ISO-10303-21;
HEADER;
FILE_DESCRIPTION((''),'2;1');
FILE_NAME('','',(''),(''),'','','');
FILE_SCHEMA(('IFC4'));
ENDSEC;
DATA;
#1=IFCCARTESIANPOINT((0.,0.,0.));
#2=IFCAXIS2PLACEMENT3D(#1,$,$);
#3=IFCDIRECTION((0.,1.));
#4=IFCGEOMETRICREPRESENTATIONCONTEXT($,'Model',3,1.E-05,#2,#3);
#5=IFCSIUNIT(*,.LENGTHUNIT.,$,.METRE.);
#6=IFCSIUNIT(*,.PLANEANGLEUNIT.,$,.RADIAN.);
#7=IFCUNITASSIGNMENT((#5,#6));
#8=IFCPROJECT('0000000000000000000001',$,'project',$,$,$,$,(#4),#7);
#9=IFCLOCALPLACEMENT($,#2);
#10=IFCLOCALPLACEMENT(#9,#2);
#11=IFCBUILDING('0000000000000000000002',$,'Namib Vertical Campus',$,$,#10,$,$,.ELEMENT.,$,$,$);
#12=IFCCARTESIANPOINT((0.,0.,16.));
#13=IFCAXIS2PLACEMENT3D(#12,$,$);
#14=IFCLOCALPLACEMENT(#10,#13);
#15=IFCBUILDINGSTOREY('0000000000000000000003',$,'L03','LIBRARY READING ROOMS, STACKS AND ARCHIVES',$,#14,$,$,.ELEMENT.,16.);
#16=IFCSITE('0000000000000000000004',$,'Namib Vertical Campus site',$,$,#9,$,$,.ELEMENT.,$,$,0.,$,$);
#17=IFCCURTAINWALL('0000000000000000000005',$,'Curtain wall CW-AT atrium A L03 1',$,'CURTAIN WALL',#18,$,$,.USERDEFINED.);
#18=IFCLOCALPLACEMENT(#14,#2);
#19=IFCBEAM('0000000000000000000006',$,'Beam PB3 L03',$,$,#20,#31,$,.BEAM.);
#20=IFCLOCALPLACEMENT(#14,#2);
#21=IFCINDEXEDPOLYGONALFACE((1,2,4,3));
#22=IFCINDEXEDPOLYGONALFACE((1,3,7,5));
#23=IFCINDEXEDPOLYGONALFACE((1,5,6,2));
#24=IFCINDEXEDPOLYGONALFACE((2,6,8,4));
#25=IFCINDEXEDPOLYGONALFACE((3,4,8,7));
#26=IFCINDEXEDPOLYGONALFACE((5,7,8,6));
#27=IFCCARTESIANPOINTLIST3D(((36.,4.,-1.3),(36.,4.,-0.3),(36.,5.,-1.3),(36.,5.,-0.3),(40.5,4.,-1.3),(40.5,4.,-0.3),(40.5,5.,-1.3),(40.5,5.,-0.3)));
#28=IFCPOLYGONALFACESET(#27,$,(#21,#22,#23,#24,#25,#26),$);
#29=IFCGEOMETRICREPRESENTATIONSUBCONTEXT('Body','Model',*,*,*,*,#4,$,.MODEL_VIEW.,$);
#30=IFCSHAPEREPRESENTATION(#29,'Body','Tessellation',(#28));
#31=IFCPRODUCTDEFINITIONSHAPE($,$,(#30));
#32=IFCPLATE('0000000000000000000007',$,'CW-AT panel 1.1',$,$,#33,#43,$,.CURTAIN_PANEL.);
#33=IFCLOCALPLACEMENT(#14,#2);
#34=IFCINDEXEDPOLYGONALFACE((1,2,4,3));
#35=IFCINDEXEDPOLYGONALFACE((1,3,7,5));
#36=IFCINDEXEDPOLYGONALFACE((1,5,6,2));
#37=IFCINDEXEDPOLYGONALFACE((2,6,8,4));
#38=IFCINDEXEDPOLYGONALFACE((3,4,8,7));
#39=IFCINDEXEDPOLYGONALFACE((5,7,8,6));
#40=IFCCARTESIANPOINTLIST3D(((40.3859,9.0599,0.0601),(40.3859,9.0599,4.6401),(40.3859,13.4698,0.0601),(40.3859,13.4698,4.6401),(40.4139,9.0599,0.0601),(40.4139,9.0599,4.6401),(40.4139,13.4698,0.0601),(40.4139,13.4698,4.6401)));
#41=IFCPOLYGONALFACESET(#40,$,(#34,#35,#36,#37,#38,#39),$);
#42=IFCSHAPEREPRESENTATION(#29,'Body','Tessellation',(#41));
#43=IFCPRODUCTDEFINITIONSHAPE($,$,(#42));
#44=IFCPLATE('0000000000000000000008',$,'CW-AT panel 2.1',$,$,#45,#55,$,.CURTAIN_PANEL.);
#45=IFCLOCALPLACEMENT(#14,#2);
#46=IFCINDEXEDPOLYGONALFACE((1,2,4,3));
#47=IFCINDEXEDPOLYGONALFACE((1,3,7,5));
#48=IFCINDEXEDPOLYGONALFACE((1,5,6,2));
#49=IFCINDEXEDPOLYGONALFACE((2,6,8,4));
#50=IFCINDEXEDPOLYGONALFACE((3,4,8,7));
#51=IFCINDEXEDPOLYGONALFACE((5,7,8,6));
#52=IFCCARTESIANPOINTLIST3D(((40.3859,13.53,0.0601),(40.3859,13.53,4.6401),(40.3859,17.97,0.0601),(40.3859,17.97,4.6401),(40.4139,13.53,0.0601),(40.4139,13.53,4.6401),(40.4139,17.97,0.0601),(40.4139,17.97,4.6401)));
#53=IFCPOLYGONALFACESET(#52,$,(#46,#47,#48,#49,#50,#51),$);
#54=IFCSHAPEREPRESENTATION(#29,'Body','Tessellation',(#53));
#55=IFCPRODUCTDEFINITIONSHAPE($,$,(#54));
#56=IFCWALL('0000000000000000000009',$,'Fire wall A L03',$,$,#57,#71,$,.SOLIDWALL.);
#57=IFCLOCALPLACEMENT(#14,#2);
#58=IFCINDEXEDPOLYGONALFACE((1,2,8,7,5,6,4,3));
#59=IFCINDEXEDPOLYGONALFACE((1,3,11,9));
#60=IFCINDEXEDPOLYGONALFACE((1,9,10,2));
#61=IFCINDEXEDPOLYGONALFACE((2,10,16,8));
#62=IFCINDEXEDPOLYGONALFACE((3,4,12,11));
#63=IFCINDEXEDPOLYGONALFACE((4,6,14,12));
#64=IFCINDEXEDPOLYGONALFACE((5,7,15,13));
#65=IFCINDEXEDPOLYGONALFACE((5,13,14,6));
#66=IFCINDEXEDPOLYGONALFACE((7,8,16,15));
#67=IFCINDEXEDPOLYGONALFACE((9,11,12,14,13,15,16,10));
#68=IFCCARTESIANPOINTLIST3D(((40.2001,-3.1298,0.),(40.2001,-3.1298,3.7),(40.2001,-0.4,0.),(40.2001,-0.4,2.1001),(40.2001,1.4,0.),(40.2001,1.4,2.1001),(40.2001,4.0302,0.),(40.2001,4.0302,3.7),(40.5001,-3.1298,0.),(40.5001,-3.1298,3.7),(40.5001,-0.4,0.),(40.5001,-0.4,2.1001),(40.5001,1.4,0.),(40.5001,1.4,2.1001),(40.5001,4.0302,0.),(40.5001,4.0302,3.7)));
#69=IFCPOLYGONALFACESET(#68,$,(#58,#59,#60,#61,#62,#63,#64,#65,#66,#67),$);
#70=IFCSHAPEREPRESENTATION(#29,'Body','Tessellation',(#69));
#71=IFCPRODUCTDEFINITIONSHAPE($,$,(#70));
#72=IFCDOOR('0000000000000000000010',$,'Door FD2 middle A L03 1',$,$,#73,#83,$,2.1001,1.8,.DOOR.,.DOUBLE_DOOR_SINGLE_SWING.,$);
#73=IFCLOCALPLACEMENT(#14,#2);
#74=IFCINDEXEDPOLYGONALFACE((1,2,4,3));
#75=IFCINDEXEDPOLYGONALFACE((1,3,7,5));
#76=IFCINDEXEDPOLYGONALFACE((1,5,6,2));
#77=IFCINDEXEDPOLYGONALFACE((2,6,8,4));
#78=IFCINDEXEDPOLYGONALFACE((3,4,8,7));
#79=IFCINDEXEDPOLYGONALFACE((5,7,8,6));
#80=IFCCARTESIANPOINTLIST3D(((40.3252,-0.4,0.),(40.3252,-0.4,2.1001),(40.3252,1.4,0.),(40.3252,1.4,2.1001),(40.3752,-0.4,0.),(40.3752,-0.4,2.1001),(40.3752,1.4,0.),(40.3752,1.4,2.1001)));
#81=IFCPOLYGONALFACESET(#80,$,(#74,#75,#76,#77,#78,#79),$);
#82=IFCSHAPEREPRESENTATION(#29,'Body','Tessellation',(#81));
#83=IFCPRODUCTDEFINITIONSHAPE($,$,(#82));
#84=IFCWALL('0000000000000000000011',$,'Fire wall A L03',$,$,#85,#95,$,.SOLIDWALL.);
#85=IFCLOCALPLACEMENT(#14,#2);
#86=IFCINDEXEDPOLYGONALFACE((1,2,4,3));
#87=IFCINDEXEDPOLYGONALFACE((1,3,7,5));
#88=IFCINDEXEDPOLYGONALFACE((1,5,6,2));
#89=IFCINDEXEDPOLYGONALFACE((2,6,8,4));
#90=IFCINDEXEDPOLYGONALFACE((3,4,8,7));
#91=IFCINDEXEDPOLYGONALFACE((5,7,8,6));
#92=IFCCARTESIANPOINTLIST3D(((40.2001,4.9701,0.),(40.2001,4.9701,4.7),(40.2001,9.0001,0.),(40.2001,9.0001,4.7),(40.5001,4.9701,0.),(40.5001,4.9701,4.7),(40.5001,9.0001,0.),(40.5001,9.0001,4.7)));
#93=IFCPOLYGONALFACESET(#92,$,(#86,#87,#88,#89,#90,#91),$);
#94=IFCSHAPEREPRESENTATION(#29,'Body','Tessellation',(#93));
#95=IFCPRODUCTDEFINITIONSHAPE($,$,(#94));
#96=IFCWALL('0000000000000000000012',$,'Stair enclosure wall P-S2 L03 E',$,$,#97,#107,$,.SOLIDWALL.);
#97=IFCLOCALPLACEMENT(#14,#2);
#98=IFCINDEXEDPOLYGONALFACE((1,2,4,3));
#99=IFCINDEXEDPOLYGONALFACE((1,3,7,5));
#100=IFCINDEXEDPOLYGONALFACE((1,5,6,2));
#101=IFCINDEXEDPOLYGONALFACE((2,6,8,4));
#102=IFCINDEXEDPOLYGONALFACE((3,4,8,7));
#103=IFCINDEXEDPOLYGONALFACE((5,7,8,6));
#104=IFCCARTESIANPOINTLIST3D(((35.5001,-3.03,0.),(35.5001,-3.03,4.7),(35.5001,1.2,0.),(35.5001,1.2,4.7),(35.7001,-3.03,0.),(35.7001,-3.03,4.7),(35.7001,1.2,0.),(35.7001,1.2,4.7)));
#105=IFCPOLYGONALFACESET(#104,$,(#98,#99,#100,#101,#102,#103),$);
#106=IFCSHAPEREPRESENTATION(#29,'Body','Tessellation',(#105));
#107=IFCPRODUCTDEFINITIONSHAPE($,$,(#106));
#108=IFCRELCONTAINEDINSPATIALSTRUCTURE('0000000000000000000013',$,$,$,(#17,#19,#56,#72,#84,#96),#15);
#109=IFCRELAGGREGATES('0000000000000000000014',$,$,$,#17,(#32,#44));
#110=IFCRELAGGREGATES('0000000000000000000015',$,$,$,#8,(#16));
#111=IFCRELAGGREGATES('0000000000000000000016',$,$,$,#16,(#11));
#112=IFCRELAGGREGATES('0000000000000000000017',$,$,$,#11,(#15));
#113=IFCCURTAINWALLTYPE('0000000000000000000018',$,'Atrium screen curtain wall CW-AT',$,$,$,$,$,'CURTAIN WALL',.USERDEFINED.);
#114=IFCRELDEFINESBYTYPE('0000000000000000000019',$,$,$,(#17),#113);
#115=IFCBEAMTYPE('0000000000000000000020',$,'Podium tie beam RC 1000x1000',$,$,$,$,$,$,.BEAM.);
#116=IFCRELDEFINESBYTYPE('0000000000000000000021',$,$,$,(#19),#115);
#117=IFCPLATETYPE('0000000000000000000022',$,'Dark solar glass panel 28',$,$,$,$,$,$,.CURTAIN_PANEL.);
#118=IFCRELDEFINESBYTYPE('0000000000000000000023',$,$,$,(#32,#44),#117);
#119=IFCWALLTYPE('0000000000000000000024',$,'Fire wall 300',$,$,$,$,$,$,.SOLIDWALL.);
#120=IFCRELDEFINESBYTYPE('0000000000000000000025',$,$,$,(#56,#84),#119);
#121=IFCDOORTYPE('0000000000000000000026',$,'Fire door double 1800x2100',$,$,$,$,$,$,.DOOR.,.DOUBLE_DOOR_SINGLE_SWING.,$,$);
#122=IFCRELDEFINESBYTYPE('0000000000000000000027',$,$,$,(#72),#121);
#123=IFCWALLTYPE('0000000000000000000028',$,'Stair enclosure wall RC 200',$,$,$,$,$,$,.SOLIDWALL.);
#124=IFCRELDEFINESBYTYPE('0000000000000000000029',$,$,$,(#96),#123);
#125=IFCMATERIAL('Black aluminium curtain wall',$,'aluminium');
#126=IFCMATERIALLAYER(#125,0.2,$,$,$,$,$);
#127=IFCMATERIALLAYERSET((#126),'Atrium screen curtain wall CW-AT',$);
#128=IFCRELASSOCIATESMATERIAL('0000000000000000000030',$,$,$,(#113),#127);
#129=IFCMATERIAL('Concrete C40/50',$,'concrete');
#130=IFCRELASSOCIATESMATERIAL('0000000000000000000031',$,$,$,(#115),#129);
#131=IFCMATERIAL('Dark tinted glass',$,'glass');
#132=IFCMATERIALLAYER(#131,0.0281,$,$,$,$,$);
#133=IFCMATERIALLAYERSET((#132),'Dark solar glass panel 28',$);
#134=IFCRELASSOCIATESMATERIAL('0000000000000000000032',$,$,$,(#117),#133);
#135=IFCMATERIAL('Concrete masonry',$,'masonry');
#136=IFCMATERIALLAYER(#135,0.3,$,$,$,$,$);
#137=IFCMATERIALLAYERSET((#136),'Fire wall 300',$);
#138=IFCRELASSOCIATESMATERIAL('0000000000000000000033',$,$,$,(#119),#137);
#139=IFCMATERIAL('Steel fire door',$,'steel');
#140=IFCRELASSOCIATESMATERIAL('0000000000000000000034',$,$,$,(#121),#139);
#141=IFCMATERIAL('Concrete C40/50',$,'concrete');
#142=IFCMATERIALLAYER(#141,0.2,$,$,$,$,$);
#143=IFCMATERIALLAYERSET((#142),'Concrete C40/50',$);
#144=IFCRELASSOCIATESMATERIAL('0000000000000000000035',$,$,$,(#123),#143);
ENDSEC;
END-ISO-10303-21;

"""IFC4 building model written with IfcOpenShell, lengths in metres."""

from ifc_helpers import new_model, si_unit, direction, frame, frame_2d, origin, origin_2d, place, context, subcontext, project, spatial, rectangle, extrude, material, layer, layer_set, material_profile, profile_set, type_object, element, fill, aggregate, save


model = new_model("IFC4")

# Units and contexts
model_context = context("Model", 3, precision=1e-05, world=origin(), true_north=direction((0.0, 1.0)))
body_context = subcontext(model_context, "Body", "Model", "MODEL_VIEW")
ifc_project = project(units=[si_unit("LENGTHUNIT", "METRE"), si_unit("PLANEANGLEUNIT", "RADIAN")], contexts=[model_context])

# Site, building, storey
site_placement = place(None, origin())
site = spatial("IfcSite", under=ifc_project, at=site_placement, Name="Namib Vertical Campus site", CompositionType="ELEMENT", RefElevation=0.0)
building_placement = place(site_placement, origin())
building = spatial("IfcBuilding", under=site, at=building_placement, Name="Namib Vertical Campus", CompositionType="ELEMENT")
storey_placement = place(building_placement, frame((0.0, 0.0, 16.0)))
storey = spatial("IfcBuildingStorey", under=building, at=storey_placement, Name="L03", Description="LIBRARY READING ROOMS, STACKS AND ARCHIVES", CompositionType="ELEMENT", Elevation=16.0)

# Curtain wall
ifc_material_1 = material(Name="Black aluminium curtain wall", Category="aluminium")
ifc_layer_1 = layer(ifc_material_1, 0.2)
ifc_layer_set_1 = layer_set([ifc_layer_1], Name="Atrium screen curtain wall CW-AT")
curtain_wall_type = type_object("IfcCurtainWallType", Name="Atrium screen curtain wall CW-AT", ElementType="CURTAIN WALL", PredefinedType="USERDEFINED", material=ifc_layer_set_1)
curtain_wall_placement = place(storey_placement, origin())
curtain_wall = element("IfcCurtainWall", 1, at=curtain_wall_placement, inside=storey, type_object=curtain_wall_type, Name="Curtain wall CW-AT atrium A L03 1", ObjectType="CURTAIN WALL", PredefinedType="USERDEFINED")

# Beam
ifc_material_2 = material(Name="Concrete C40/50", Category="concrete")
ifc_material_profile_1 = material_profile(ifc_material_2, rectangle(XDim=1.0, YDim=1.0, at=origin_2d()))
ifc_profile_set_1 = profile_set([ifc_material_profile_1], Name="Concrete C40/50")
beam_type_1 = type_object("IfcBeamType", Name="Podium tie beam RC 1000x1000", PredefinedType="BEAM", material=ifc_profile_set_1)
beam_1_placement = place(storey_placement, frame((36.0, 4.5, -0.8), z_axis=(1.0, 0.0, 0.0), x_axis=(0.0, 1.0, 0.0)))
element("IfcBeam", 2, at=beam_1_placement, inside=storey, type_object=beam_type_1, Name="Beam PB3 L03", PredefinedType="BEAM", context=body_context, shape_type="SweptSolid", body=[
    extrude(rectangle(XDim=1.0, YDim=1.0, at=origin_2d()), origin(), (0.0, 0.0, 1.0), 4.5),
])

# Plates
ifc_material_3 = material(Name="Dark tinted glass", Category="glass")
ifc_layer_2 = layer(ifc_material_3, 0.0281)
ifc_layer_set_2 = layer_set([ifc_layer_2], Name="Dark solar glass panel 28")
plate_type = type_object("IfcPlateType", Name="Dark solar glass panel 28", PredefinedType="CURTAIN_PANEL", material=ifc_layer_set_2)
plate_1_placement = place(storey_placement, frame((40.3999, 11.2649, 0.0601), z_axis=(0.0, 0.0, 1.0), x_axis=(0.0, 1.0, 0.0)))
plate_1 = element("IfcPlate", 3, at=plate_1_placement, type_object=plate_type, Name="CW-AT panel 1.1", PredefinedType="CURTAIN_PANEL", context=body_context, shape_type="SweptSolid", body=[
    extrude(rectangle(XDim=4.4099, YDim=0.0281, at=origin_2d()), origin(), (0.0, 0.0, 1.0), 4.5801),
])
plate_2_placement = place(storey_placement, frame((40.3999, 15.75, 0.0601), z_axis=(0.0, 0.0, 1.0), x_axis=(0.0, 1.0, 0.0)))
plate_2 = element("IfcPlate", 4, at=plate_2_placement, type_object=plate_type, Name="CW-AT panel 2.1", PredefinedType="CURTAIN_PANEL", context=body_context, shape_type="SweptSolid", body=[
    extrude(rectangle(XDim=4.4399, YDim=0.0281, at=origin_2d()), origin(), (0.0, 0.0, 1.0), 4.5801),
])
aggregate(curtain_wall, [plate_1, plate_2])

# Wall, opening, door
ifc_material_4 = material(Name="Concrete masonry", Category="masonry")
ifc_layer_3 = layer(ifc_material_4, 0.3)
ifc_layer_set_3 = layer_set([ifc_layer_3], Name="Fire wall 300")
wall_type_1 = type_object("IfcWallType", Name="Fire wall 300", PredefinedType="SOLIDWALL", material=ifc_layer_set_3)
wall_1_placement = place(storey_placement, frame((40.3501, -3.1299, 0.0), z_axis=(0.0, 0.0, 1.0), x_axis=(0.0, 1.0, 0.0)))
wall_1 = element("IfcWall", 5, at=wall_1_placement, inside=storey, type_object=wall_type_1, Name="Fire wall A L03", PredefinedType="SOLIDWALL", context=body_context, shape_type="SweptSolid", body=[
    extrude(rectangle(XDim=7.1599, YDim=0.3, at=frame_2d((3.5801, 0.0))), origin(), (0.0, 0.0, 1.0), 3.7),
])
opening_placement = place(wall_1_placement, frame((2.73, 0.0, 0.0)))
opening = element("IfcOpeningElement", 6, at=opening_placement, cuts=wall_1, PredefinedType="OPENING", context=body_context, shape_type="SweptSolid", body=[
    extrude(rectangle(XDim=1.8, YDim=2.1001, at=frame_2d((0.8999, 1.05))), frame((0.0, 0.1599, 0.0), z_axis=(0.0, -1.0, 0.0), x_axis=(1.0, 0.0, 0.0)), (0.0, 0.0, 1.0), 0.3201),
])
ifc_material_5 = material(Name="Steel fire door", Category="steel")
door_type = type_object("IfcDoorType", Name="Fire door double 1800x2100", OperationType="DOUBLE_DOOR_SINGLE_SWING", PredefinedType="DOOR", material=ifc_material_5)
door_placement = place(opening_placement, origin())
door = element("IfcDoor", 7, at=door_placement, inside=storey, type_object=door_type, Name="Door FD2 middle A L03 1", OperationType="DOUBLE_DOOR_SINGLE_SWING", OverallHeight=2.1001, OverallWidth=1.8, PredefinedType="DOOR", context=body_context, shape_type="SweptSolid", body=[
    extrude(rectangle(XDim=1.8, YDim=2.1001, at=frame_2d((0.8999, 1.05))), frame((0.0, 0.0249, 0.0), z_axis=(0.0, -1.0, 0.0), x_axis=(1.0, 0.0, 0.0)), (0.0, 0.0, 1.0), 0.05),
])
fill(opening, door)

# Walls
wall_2_placement = place(storey_placement, frame((40.3501, 4.97, 0.0), z_axis=(0.0, 0.0, 1.0), x_axis=(0.0, 1.0, 0.0)))
element("IfcWall", 8, at=wall_2_placement, inside=storey, type_object=wall_type_1, Name="Fire wall A L03", PredefinedType="SOLIDWALL", context=body_context, shape_type="SweptSolid", body=[
    extrude(rectangle(XDim=4.03, YDim=0.3, at=frame_2d((2.0151, 0.0))), origin(), (0.0, 0.0, 1.0), 4.7),
])
ifc_material_6 = material(Name="Concrete C40/50", Category="concrete")
ifc_layer_4 = layer(ifc_material_6, 0.2)
ifc_layer_set_4 = layer_set([ifc_layer_4], Name="Concrete C40/50")
wall_type_2 = type_object("IfcWallType", Name="Stair enclosure wall RC 200", PredefinedType="SOLIDWALL", material=ifc_layer_set_4)
wall_3_placement = place(storey_placement, frame((35.6001, -3.03, 0.0), z_axis=(0.0, 0.0, 1.0), x_axis=(0.0, 1.0, 0.0)))
element("IfcWall", 9, at=wall_3_placement, inside=storey, type_object=wall_type_2, Name="Stair enclosure wall P-S2 L03 E", PredefinedType="SOLIDWALL", context=body_context, shape_type="SweptSolid", body=[
    extrude(rectangle(XDim=4.23, YDim=0.2, at=frame_2d((2.115, 0.0))), origin(), (0.0, 0.0, 1.0), 4.7),
])

save(model, "model.ifc")
